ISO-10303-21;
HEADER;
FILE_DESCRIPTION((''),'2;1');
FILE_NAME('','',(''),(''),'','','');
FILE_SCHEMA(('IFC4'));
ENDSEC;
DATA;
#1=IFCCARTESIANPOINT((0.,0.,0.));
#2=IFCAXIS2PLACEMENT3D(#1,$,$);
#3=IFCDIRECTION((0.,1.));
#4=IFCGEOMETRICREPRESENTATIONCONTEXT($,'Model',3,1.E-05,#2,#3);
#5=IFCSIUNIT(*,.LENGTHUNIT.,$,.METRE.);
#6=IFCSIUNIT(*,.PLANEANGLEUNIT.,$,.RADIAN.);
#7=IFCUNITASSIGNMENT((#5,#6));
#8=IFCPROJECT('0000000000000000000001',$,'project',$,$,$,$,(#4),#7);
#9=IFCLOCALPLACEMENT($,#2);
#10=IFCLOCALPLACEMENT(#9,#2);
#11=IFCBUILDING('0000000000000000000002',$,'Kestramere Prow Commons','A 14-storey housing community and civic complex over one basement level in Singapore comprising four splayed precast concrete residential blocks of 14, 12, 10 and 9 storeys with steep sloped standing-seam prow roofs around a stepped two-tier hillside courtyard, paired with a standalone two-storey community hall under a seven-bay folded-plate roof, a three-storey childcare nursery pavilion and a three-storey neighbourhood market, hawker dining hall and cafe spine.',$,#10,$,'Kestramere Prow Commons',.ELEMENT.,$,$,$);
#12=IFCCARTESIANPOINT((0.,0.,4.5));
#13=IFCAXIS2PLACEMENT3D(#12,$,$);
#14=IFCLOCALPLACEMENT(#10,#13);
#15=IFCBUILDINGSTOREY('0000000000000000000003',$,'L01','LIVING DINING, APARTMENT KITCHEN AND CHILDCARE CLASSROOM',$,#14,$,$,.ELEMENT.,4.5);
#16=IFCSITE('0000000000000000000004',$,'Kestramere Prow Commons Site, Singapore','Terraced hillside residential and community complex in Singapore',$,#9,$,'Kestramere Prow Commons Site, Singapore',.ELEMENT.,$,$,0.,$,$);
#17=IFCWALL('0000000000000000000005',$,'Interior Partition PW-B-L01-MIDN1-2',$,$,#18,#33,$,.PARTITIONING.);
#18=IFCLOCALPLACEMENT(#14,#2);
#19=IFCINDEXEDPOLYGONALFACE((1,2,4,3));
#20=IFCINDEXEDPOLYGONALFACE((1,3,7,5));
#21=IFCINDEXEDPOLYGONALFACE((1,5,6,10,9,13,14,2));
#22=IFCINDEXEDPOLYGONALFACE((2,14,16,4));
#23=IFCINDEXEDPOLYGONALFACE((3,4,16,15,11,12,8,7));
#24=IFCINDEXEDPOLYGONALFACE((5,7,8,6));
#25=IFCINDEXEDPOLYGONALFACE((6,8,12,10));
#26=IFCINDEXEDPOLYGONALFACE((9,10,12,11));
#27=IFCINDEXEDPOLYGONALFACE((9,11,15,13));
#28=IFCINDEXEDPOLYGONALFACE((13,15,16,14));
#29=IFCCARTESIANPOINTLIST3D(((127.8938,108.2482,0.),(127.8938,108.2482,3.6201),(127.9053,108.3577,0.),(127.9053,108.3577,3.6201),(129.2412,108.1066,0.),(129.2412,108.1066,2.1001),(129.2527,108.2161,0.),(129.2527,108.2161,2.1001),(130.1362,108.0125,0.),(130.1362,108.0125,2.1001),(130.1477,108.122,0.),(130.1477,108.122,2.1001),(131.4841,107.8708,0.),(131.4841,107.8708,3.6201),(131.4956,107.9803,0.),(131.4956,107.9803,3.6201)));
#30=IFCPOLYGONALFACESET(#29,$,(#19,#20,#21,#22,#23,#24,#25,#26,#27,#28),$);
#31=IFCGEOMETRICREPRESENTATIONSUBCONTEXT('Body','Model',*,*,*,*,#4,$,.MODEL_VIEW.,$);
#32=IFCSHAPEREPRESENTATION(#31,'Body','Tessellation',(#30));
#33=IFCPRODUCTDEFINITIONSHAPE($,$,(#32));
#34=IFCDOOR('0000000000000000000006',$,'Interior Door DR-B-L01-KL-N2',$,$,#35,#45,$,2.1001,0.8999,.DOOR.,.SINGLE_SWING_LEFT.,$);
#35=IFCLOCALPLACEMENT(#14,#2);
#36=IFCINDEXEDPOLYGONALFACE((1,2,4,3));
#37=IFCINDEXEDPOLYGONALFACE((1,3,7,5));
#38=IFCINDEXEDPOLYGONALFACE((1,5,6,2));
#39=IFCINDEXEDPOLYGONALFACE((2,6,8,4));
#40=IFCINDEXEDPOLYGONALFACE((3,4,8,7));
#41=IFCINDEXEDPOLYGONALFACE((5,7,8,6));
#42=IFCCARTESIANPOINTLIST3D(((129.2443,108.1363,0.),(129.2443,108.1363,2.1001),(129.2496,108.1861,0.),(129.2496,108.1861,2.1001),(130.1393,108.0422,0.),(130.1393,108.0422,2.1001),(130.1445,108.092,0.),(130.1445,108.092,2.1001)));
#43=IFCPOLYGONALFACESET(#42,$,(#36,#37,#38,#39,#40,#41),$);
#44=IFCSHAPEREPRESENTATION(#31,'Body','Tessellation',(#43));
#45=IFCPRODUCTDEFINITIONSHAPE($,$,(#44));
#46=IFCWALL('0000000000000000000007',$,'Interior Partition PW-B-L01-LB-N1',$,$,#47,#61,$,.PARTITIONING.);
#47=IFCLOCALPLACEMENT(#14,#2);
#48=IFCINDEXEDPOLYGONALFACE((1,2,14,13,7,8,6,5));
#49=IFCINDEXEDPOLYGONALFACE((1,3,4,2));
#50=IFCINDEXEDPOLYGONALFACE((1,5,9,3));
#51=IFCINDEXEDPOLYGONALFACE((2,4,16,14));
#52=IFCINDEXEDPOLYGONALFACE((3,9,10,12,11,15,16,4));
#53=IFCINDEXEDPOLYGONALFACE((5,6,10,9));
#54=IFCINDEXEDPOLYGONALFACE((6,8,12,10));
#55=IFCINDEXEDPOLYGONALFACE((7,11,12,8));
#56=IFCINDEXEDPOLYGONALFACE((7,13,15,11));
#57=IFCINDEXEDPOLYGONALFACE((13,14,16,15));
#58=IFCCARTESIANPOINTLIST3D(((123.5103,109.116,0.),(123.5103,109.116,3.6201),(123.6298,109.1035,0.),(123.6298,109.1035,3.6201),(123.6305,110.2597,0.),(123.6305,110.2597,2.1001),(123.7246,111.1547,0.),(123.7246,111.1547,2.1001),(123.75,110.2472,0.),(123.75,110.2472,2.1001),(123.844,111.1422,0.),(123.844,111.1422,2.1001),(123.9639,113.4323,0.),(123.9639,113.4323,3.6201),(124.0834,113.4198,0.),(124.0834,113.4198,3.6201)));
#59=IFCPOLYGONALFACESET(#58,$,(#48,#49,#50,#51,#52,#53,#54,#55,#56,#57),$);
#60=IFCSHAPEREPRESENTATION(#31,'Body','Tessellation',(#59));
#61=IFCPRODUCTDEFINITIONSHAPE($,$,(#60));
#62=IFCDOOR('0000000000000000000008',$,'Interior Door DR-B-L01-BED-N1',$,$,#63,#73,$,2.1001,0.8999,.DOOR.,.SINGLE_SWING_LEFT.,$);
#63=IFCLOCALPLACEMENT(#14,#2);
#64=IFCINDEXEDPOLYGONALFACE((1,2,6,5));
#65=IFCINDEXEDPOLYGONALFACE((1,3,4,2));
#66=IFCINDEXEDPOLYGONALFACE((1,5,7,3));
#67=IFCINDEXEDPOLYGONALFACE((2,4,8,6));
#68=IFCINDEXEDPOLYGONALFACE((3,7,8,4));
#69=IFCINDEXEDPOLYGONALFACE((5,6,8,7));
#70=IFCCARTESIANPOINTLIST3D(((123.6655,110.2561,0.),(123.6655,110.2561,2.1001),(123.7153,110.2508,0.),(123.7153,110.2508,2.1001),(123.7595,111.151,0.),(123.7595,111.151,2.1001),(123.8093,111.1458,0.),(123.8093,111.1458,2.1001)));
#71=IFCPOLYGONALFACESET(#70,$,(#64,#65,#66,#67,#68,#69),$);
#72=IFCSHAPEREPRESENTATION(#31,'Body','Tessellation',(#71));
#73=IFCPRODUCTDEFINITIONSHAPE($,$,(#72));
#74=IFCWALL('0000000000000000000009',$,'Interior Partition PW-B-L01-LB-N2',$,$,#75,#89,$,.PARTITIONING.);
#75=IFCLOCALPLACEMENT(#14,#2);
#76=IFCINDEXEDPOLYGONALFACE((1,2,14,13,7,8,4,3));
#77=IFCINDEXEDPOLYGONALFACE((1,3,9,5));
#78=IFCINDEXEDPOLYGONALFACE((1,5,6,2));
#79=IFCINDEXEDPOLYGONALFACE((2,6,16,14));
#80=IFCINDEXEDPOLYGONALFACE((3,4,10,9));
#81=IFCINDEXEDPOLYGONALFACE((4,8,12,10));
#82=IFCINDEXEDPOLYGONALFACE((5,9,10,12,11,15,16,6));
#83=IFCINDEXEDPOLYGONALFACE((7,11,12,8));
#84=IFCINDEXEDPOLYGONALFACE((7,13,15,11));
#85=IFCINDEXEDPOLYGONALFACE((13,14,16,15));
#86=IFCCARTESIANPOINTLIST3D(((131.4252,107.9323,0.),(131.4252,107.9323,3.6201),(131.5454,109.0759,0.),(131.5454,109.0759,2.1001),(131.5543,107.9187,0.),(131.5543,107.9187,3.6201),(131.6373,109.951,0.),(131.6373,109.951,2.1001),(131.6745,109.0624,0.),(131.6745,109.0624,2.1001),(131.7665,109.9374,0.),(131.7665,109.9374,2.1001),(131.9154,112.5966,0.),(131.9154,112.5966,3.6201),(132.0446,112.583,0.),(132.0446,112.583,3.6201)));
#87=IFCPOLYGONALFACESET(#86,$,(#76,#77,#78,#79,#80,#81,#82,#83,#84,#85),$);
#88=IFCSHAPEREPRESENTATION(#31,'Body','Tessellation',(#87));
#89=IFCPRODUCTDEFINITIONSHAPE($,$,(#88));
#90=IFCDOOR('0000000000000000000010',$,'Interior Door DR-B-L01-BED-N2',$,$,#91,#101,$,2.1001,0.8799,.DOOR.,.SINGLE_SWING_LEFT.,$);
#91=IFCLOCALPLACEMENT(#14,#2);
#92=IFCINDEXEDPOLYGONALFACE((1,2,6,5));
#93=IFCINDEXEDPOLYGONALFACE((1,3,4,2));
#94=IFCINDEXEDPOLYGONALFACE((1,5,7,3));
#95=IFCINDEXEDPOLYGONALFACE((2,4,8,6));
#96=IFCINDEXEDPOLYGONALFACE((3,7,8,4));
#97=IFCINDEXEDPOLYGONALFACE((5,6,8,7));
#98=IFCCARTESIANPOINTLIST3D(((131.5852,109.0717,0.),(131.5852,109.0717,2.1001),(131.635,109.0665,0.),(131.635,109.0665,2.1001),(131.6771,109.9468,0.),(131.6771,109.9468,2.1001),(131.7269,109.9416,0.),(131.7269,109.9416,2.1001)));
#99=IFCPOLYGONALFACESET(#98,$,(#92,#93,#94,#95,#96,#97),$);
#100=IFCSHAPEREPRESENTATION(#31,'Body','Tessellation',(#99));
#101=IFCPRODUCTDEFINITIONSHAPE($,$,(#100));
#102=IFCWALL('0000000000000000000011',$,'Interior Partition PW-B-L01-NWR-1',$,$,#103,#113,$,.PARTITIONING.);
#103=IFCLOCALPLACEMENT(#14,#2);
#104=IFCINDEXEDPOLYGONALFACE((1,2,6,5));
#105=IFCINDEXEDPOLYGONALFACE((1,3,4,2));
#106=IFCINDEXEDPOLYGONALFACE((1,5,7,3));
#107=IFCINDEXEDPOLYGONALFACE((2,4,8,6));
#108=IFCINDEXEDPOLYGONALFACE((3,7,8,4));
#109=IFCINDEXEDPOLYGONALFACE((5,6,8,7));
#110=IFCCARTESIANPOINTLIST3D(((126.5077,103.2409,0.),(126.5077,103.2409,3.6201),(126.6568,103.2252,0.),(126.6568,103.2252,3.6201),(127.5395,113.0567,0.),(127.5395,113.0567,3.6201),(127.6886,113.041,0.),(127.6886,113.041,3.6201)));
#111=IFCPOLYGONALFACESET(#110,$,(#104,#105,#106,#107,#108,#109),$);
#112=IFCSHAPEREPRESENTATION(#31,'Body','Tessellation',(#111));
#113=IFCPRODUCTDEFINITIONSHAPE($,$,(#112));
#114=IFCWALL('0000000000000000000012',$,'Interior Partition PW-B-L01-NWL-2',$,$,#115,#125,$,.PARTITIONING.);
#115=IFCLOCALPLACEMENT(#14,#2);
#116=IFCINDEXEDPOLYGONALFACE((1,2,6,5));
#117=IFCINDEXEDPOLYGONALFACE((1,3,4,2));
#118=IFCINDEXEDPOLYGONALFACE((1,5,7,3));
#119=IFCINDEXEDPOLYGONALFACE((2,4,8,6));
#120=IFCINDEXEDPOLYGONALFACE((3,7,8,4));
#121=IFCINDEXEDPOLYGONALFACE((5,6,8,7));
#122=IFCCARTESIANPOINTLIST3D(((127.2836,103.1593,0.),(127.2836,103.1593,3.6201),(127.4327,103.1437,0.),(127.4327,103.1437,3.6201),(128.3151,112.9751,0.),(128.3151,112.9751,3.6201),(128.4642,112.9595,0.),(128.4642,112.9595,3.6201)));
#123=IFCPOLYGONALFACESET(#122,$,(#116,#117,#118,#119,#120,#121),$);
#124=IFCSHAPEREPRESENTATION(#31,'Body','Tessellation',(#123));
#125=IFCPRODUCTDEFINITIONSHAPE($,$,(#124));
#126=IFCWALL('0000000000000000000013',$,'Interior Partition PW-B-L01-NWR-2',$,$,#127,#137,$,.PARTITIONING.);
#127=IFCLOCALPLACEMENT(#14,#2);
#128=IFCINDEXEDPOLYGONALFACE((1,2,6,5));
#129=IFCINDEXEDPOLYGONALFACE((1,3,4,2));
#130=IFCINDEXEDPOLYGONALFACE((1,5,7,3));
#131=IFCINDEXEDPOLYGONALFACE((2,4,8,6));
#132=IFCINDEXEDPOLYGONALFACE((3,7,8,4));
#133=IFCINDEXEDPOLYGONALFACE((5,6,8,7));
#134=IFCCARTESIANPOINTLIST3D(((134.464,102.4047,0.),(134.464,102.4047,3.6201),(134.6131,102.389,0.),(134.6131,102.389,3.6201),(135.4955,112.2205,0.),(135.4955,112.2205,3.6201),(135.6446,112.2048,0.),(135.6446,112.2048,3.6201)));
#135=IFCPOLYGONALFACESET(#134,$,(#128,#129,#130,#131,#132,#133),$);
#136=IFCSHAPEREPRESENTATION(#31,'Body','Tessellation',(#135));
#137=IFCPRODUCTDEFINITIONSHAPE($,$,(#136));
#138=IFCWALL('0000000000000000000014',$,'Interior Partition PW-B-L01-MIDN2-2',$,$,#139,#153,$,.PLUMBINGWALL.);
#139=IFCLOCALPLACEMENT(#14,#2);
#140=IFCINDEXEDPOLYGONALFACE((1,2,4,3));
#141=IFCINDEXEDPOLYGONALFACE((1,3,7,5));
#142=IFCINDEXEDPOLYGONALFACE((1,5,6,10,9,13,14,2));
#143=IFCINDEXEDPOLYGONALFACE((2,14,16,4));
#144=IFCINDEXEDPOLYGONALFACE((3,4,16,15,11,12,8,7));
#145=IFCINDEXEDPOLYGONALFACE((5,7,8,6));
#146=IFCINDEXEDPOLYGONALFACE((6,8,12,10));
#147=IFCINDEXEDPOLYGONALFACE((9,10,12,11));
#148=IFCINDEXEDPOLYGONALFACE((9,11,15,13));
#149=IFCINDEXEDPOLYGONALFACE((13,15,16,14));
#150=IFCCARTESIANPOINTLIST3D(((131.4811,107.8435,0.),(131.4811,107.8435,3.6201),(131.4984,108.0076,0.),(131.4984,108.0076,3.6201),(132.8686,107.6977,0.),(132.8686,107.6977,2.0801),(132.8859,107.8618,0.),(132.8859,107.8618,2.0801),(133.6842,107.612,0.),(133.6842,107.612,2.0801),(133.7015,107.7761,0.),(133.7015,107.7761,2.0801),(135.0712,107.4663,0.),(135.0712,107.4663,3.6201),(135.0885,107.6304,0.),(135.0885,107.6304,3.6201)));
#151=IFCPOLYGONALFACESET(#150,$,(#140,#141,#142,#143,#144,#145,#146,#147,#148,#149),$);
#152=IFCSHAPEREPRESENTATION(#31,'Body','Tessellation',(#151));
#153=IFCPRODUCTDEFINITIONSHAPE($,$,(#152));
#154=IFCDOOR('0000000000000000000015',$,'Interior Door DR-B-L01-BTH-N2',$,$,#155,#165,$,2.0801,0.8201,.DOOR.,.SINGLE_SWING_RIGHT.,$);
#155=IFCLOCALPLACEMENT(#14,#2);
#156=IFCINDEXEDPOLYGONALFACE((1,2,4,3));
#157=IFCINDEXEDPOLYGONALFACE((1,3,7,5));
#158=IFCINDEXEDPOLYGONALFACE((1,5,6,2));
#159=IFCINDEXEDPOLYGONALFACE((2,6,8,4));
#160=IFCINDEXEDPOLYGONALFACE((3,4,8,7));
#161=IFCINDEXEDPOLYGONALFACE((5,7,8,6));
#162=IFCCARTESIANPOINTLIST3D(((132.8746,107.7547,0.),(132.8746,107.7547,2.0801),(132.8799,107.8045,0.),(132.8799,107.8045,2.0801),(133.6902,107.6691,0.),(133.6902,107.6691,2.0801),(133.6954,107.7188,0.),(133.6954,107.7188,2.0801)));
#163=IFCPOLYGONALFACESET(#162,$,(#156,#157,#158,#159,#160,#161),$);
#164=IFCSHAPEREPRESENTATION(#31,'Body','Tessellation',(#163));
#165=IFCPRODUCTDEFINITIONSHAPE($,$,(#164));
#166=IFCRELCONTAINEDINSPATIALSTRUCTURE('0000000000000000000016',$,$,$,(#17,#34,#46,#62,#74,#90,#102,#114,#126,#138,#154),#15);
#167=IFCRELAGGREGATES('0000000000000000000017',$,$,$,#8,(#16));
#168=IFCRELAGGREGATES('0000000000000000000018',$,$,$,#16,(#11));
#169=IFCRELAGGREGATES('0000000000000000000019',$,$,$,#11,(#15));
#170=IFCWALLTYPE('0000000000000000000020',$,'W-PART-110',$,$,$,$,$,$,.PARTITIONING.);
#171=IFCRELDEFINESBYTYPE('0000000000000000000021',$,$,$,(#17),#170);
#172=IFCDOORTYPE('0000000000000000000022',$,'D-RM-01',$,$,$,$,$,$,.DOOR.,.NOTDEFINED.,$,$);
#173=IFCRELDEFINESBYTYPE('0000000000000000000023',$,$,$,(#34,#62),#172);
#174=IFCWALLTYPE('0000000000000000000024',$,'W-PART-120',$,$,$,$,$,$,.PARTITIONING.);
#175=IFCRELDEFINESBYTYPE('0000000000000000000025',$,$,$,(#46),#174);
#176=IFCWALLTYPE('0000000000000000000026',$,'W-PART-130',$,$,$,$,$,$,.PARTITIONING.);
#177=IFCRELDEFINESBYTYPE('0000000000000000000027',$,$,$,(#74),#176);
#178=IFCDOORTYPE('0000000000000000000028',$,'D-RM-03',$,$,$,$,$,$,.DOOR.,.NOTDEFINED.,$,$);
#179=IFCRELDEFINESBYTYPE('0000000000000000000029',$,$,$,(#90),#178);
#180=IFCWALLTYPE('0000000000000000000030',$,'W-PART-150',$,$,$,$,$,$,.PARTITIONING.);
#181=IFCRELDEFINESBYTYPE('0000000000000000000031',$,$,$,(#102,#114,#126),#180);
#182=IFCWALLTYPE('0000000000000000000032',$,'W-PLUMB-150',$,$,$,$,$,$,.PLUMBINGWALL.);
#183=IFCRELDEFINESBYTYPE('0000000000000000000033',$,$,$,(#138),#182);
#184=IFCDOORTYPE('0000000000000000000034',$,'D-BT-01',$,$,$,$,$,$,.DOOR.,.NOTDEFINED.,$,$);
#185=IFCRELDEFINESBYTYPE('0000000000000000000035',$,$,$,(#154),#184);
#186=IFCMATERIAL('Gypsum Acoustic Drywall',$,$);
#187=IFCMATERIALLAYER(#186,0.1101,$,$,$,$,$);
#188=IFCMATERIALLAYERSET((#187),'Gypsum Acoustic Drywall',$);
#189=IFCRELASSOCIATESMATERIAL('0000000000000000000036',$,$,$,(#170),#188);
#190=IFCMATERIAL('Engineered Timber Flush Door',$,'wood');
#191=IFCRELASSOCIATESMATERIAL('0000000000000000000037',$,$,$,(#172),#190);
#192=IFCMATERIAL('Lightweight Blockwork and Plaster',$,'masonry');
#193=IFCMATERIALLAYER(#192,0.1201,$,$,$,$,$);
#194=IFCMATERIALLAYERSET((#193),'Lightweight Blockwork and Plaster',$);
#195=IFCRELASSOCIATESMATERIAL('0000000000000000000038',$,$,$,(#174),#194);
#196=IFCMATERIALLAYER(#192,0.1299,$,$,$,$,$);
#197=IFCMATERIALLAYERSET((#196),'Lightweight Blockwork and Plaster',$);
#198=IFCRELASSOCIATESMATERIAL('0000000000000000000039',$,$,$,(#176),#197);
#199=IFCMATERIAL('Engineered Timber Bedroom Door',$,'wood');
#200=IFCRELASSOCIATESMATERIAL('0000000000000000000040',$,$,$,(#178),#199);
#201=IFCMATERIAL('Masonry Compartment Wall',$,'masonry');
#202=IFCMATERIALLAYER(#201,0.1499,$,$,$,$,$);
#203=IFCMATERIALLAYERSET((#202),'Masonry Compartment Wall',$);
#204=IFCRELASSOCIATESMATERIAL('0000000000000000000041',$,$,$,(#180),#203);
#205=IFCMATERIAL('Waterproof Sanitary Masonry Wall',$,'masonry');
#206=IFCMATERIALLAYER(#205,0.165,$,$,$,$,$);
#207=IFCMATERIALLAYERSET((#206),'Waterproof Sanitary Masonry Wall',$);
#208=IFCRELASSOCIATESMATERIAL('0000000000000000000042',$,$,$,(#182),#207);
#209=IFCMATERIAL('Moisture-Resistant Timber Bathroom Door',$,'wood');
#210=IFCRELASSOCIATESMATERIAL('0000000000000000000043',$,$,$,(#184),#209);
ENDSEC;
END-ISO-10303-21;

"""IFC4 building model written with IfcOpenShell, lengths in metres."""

from ifc_helpers import new_model, si_unit, direction, frame, frame_2d, origin, place, context, subcontext, project, spatial, rectangle, extrude, material, layer, layer_set, type_object, element, fill, save


model = new_model("IFC4")

# Units and contexts
model_context = context("Model", 3, precision=1e-05, world=origin(), true_north=direction((0.0, 1.0)))
body_context = subcontext(model_context, "Body", "Model", "MODEL_VIEW")
ifc_project = project(units=[si_unit("LENGTHUNIT", "METRE"), si_unit("PLANEANGLEUNIT", "RADIAN")], contexts=[model_context])

# Site, building, storey
site_placement = place(None, origin())
site = spatial("IfcSite", under=ifc_project, at=site_placement, Name="Kestramere Prow Commons Site, Singapore", Description="Terraced hillside residential and community complex in Singapore", LongName="Kestramere Prow Commons Site, Singapore", CompositionType="ELEMENT", RefElevation=0.0)
building_placement = place(site_placement, origin())
building = spatial("IfcBuilding", under=site, at=building_placement, Name="Kestramere Prow Commons", Description="A 14-storey housing community and civic complex over one basement level in Singapore comprising four splayed precast concrete residential blocks of 14, 12, 10 and 9 storeys with steep sloped standing-seam prow roofs around a stepped two-tier hillside courtyard, paired with a standalone two-storey community hall under a seven-bay folded-plate roof, a three-storey childcare nursery pavilion and a three-storey neighbourhood market, hawker dining hall and cafe spine.", LongName="Kestramere Prow Commons", CompositionType="ELEMENT")
storey_placement = place(building_placement, frame((0.0, 0.0, 4.5)))
storey = spatial("IfcBuildingStorey", under=building, at=storey_placement, Name="L01", Description="LIVING DINING, APARTMENT KITCHEN AND CHILDCARE CLASSROOM", CompositionType="ELEMENT", Elevation=4.5)

# Walls, openings, doors
ifc_material_1 = material(Name="Gypsum Acoustic Drywall")
ifc_layer_1 = layer(ifc_material_1, 0.1101)
ifc_layer_set_1 = layer_set([ifc_layer_1], Name="Gypsum Acoustic Drywall")
wall_type_1 = type_object("IfcWallType", Name="W-PART-110", PredefinedType="PARTITIONING", material=ifc_layer_set_1)
wall_1_placement = place(storey_placement, frame((127.8994, 108.303, 0.0), z_axis=(0.0, 0.0, 1.0), x_axis=(0.99452, -0.104551, 0.0)))
wall_1 = element("IfcWall", 1, at=wall_1_placement, inside=storey, type_object=wall_type_1, Name="Interior Partition PW-B-L01-MIDN1-2", PredefinedType="PARTITIONING", context=body_context, shape_type="SweptSolid", body=[
    extrude(rectangle(XDim=3.6101, YDim=0.1101, at=frame_2d((1.8052, 0.0))), origin(), (0.0, 0.0, 1.0), 3.6201),
])
opening_1_placement = place(wall_1_placement, frame((1.355, 0.0, 0.0)))
opening_1 = element("IfcOpeningElement", 2, at=opening_1_placement, cuts=wall_1, PredefinedType="OPENING", context=body_context, shape_type="SweptSolid", body=[
    extrude(rectangle(XDim=0.8999, YDim=2.1001, at=frame_2d((0.45, 1.05))), frame((0.0, 0.0701, 0.0), z_axis=(0.0, -1.0, 0.0), x_axis=(1.0, 0.0, 0.0)), (0.0, 0.0, 1.0), 0.1401),
])
ifc_material_2 = material(Name="Engineered Timber Flush Door", Category="wood")
door_type_1 = type_object("IfcDoorType", Name="D-RM-01", OperationType="NOTDEFINED", PredefinedType="DOOR", material=ifc_material_2)
door_1_placement = place(opening_1_placement, origin())
door_1 = element("IfcDoor", 3, at=door_1_placement, inside=storey, type_object=door_type_1, Name="Interior Door DR-B-L01-KL-N2", OperationType="SINGLE_SWING_LEFT", OverallHeight=2.1001, OverallWidth=0.8999, PredefinedType="DOOR", context=body_context, shape_type="SweptSolid", body=[
    extrude(rectangle(XDim=0.8999, YDim=2.1001, at=frame_2d((0.45, 1.05))), frame((0.0, 0.0249, 0.0), z_axis=(0.0, -1.0, 0.0), x_axis=(1.0, 0.0, 0.0)), (0.0, 0.0, 1.0), 0.05),
])
fill(opening_1, door_1)
ifc_material_3 = material(Name="Lightweight Blockwork and Plaster", Category="masonry")
ifc_layer_2 = layer(ifc_material_3, 0.1201)
ifc_layer_set_2 = layer_set([ifc_layer_2], Name="Lightweight Blockwork and Plaster")
wall_type_2 = type_object("IfcWallType", Name="W-PART-120", PredefinedType="PARTITIONING", material=ifc_layer_set_2)
wall_2_placement = place(storey_placement, frame((123.5701, 109.1099, 0.0), z_axis=(0.0, 0.0, 1.0), x_axis=(0.104515, 0.994523, 0.0)))
wall_2 = element("IfcWall", 4, at=wall_2_placement, inside=storey, type_object=wall_type_2, Name="Interior Partition PW-B-L01-LB-N1", PredefinedType="PARTITIONING", context=body_context, shape_type="SweptSolid", body=[
    extrude(rectangle(XDim=4.3401, YDim=0.1201, at=frame_2d((2.1699, 0.0))), origin(), (0.0, 0.0, 1.0), 3.6201),
])
opening_2_placement = place(wall_2_placement, frame((1.1499, 0.0, 0.0)))
opening_2 = element("IfcOpeningElement", 5, at=opening_2_placement, cuts=wall_2, PredefinedType="OPENING", context=body_context, shape_type="SweptSolid", body=[
    extrude(rectangle(XDim=0.8999, YDim=2.1001, at=frame_2d((0.45, 1.05))), frame((0.0, 0.075, 0.0), z_axis=(0.0, -1.0, 0.0), x_axis=(1.0, 0.0, 0.0)), (0.0, 0.0, 1.0), 0.1501),
])
door_2_placement = place(opening_2_placement, origin())
door_2 = element("IfcDoor", 6, at=door_2_placement, inside=storey, type_object=door_type_1, Name="Interior Door DR-B-L01-BED-N1", OperationType="SINGLE_SWING_LEFT", OverallHeight=2.1001, OverallWidth=0.8999, PredefinedType="DOOR", context=body_context, shape_type="SweptSolid", body=[
    extrude(rectangle(XDim=0.8999, YDim=2.1001, at=frame_2d((0.45, 1.05))), frame((0.0, 0.0249, 0.0), z_axis=(0.0, -1.0, 0.0), x_axis=(1.0, 0.0, 0.0)), (0.0, 0.0, 1.0), 0.05),
])
fill(opening_2, door_2)
ifc_layer_3 = layer(ifc_material_3, 0.1299)
ifc_layer_set_3 = layer_set([ifc_layer_3], Name="Lightweight Blockwork and Plaster")
wall_type_3 = type_object("IfcWallType", Name="W-PART-130", PredefinedType="PARTITIONING", material=ifc_layer_set_3)
wall_3_placement = place(storey_placement, frame((131.4897, 107.9255, 0.0), z_axis=(0.0, 0.0, 1.0), x_axis=(0.104528, 0.994522, 0.0)))
wall_3 = element("IfcWall", 7, at=wall_3_placement, inside=storey, type_object=wall_type_3, Name="Interior Partition PW-B-L01-LB-N2", PredefinedType="PARTITIONING", context=body_context, shape_type="SweptSolid", body=[
    extrude(rectangle(XDim=4.6899, YDim=0.1299, at=frame_2d((2.345, 0.0))), origin(), (0.0, 0.0, 1.0), 3.6201),
])
opening_3_placement = place(wall_3_placement, frame((1.1499, 0.0, 0.0)))
opening_3 = element("IfcOpeningElement", 8, at=opening_3_placement, cuts=wall_3, PredefinedType="OPENING", context=body_context, shape_type="SweptSolid", body=[
    extrude(rectangle(XDim=0.8799, YDim=2.1001, at=frame_2d((0.4399, 1.05))), frame((0.0, 0.0798, 0.0), z_axis=(0.0, -1.0, 0.0), x_axis=(1.0, 0.0, 0.0)), (0.0, 0.0, 1.0), 0.1599),
])
ifc_material_4 = material(Name="Engineered Timber Bedroom Door", Category="wood")
door_type_2 = type_object("IfcDoorType", Name="D-RM-03", OperationType="NOTDEFINED", PredefinedType="DOOR", material=ifc_material_4)
door_3_placement = place(opening_3_placement, origin())
door_3 = element("IfcDoor", 9, at=door_3_placement, inside=storey, type_object=door_type_2, Name="Interior Door DR-B-L01-BED-N2", OperationType="SINGLE_SWING_LEFT", OverallHeight=2.1001, OverallWidth=0.8799, PredefinedType="DOOR", context=body_context, shape_type="SweptSolid", body=[
    extrude(rectangle(XDim=0.8799, YDim=2.1001, at=frame_2d((0.4399, 1.05))), frame((0.0, 0.0249, 0.0), z_axis=(0.0, -1.0, 0.0), x_axis=(1.0, 0.0, 0.0)), (0.0, 0.0, 1.0), 0.05),
])
fill(opening_3, door_3)

# Walls
ifc_material_5 = material(Name="Masonry Compartment Wall", Category="masonry")
ifc_layer_4 = layer(ifc_material_5, 0.1499)
ifc_layer_set_4 = layer_set([ifc_layer_4], Name="Masonry Compartment Wall")
wall_type_4 = type_object("IfcWallType", Name="W-PART-150", PredefinedType="PARTITIONING", material=ifc_layer_set_4)
for number, where, z_axis, x_axis, name in (
    (10, (126.5823, 103.2329, 0.0), (0.0, 0.0, 1.0), (0.104533, 0.994521, 0.0), "Interior Partition PW-B-L01-NWR-1"),
    (11, (127.3582, 103.1514, 0.0), (0.0, 0.0, 1.0), (0.104508, 0.994524, 0.0), "Interior Partition PW-B-L01-NWL-2"),
    (12, (134.5386, 102.3967, 0.0), (0.0, 0.0, 1.0), (0.104508, 0.994524, 0.0), "Interior Partition PW-B-L01-NWR-2"),
):
    element("IfcWall", number, at=place(storey_placement, frame(where, z_axis=z_axis, x_axis=x_axis)), inside=storey, type_object=wall_type_4, Name=name, PredefinedType="PARTITIONING", context=body_context, shape_type="SweptSolid", body=[
        extrude(rectangle(XDim=9.8699, YDim=0.1499, at=frame_2d((4.9351, 0.0))), origin(), (0.0, 0.0, 1.0), 3.6201),
    ])

# Wall, opening, door
ifc_material_6 = material(Name="Waterproof Sanitary Masonry Wall", Category="masonry")
ifc_layer_5 = layer(ifc_material_6, 0.165)
ifc_layer_set_5 = layer_set([ifc_layer_5], Name="Waterproof Sanitary Masonry Wall")
wall_type_5 = type_object("IfcWallType", Name="W-PLUMB-150", PredefinedType="PLUMBINGWALL", material=ifc_layer_set_5)
wall_4_placement = place(storey_placement, frame((131.4897, 107.9255, 0.0), z_axis=(0.0, 0.0, 1.0), x_axis=(0.994526, -0.104491, 0.0)))
wall_4 = element("IfcWall", 13, at=wall_4_placement, inside=storey, type_object=wall_type_5, Name="Interior Partition PW-B-L01-MIDN2-2", PredefinedType="PLUMBINGWALL", context=body_context, shape_type="SweptSolid", body=[
    extrude(rectangle(XDim=3.6099, YDim=0.165, at=frame_2d((1.8049, 0.0))), origin(), (0.0, 0.0, 1.0), 3.6201),
])
opening_4_placement = place(wall_4_placement, frame((1.395, 0.0, 0.0)))
opening_4 = element("IfcOpeningElement", 14, at=opening_4_placement, cuts=wall_4, PredefinedType="OPENING", context=body_context, shape_type="SweptSolid", body=[
    extrude(rectangle(XDim=0.8201, YDim=2.0801, at=frame_2d((0.4102, 1.04))), frame((0.0, 0.0974, 0.0), z_axis=(0.0, -1.0, 0.0), x_axis=(1.0, 0.0, 0.0)), (0.0, 0.0, 1.0), 0.1951),
])
ifc_material_7 = material(Name="Moisture-Resistant Timber Bathroom Door", Category="wood")
door_type_3 = type_object("IfcDoorType", Name="D-BT-01", OperationType="NOTDEFINED", PredefinedType="DOOR", material=ifc_material_7)
door_4_placement = place(opening_4_placement, origin())
door_4 = element("IfcDoor", 15, at=door_4_placement, inside=storey, type_object=door_type_3, Name="Interior Door DR-B-L01-BTH-N2", OperationType="SINGLE_SWING_RIGHT", OverallHeight=2.0801, OverallWidth=0.8201, PredefinedType="DOOR", context=body_context, shape_type="SweptSolid", body=[
    extrude(rectangle(XDim=0.8201, YDim=2.0801, at=frame_2d((0.4102, 1.04))), frame((0.0, 0.0249, 0.0), z_axis=(0.0, -1.0, 0.0), x_axis=(1.0, 0.0, 0.0)), (0.0, 0.0, 1.0), 0.05),
])
fill(opening_4, door_4)

save(model, "model.ifc")
